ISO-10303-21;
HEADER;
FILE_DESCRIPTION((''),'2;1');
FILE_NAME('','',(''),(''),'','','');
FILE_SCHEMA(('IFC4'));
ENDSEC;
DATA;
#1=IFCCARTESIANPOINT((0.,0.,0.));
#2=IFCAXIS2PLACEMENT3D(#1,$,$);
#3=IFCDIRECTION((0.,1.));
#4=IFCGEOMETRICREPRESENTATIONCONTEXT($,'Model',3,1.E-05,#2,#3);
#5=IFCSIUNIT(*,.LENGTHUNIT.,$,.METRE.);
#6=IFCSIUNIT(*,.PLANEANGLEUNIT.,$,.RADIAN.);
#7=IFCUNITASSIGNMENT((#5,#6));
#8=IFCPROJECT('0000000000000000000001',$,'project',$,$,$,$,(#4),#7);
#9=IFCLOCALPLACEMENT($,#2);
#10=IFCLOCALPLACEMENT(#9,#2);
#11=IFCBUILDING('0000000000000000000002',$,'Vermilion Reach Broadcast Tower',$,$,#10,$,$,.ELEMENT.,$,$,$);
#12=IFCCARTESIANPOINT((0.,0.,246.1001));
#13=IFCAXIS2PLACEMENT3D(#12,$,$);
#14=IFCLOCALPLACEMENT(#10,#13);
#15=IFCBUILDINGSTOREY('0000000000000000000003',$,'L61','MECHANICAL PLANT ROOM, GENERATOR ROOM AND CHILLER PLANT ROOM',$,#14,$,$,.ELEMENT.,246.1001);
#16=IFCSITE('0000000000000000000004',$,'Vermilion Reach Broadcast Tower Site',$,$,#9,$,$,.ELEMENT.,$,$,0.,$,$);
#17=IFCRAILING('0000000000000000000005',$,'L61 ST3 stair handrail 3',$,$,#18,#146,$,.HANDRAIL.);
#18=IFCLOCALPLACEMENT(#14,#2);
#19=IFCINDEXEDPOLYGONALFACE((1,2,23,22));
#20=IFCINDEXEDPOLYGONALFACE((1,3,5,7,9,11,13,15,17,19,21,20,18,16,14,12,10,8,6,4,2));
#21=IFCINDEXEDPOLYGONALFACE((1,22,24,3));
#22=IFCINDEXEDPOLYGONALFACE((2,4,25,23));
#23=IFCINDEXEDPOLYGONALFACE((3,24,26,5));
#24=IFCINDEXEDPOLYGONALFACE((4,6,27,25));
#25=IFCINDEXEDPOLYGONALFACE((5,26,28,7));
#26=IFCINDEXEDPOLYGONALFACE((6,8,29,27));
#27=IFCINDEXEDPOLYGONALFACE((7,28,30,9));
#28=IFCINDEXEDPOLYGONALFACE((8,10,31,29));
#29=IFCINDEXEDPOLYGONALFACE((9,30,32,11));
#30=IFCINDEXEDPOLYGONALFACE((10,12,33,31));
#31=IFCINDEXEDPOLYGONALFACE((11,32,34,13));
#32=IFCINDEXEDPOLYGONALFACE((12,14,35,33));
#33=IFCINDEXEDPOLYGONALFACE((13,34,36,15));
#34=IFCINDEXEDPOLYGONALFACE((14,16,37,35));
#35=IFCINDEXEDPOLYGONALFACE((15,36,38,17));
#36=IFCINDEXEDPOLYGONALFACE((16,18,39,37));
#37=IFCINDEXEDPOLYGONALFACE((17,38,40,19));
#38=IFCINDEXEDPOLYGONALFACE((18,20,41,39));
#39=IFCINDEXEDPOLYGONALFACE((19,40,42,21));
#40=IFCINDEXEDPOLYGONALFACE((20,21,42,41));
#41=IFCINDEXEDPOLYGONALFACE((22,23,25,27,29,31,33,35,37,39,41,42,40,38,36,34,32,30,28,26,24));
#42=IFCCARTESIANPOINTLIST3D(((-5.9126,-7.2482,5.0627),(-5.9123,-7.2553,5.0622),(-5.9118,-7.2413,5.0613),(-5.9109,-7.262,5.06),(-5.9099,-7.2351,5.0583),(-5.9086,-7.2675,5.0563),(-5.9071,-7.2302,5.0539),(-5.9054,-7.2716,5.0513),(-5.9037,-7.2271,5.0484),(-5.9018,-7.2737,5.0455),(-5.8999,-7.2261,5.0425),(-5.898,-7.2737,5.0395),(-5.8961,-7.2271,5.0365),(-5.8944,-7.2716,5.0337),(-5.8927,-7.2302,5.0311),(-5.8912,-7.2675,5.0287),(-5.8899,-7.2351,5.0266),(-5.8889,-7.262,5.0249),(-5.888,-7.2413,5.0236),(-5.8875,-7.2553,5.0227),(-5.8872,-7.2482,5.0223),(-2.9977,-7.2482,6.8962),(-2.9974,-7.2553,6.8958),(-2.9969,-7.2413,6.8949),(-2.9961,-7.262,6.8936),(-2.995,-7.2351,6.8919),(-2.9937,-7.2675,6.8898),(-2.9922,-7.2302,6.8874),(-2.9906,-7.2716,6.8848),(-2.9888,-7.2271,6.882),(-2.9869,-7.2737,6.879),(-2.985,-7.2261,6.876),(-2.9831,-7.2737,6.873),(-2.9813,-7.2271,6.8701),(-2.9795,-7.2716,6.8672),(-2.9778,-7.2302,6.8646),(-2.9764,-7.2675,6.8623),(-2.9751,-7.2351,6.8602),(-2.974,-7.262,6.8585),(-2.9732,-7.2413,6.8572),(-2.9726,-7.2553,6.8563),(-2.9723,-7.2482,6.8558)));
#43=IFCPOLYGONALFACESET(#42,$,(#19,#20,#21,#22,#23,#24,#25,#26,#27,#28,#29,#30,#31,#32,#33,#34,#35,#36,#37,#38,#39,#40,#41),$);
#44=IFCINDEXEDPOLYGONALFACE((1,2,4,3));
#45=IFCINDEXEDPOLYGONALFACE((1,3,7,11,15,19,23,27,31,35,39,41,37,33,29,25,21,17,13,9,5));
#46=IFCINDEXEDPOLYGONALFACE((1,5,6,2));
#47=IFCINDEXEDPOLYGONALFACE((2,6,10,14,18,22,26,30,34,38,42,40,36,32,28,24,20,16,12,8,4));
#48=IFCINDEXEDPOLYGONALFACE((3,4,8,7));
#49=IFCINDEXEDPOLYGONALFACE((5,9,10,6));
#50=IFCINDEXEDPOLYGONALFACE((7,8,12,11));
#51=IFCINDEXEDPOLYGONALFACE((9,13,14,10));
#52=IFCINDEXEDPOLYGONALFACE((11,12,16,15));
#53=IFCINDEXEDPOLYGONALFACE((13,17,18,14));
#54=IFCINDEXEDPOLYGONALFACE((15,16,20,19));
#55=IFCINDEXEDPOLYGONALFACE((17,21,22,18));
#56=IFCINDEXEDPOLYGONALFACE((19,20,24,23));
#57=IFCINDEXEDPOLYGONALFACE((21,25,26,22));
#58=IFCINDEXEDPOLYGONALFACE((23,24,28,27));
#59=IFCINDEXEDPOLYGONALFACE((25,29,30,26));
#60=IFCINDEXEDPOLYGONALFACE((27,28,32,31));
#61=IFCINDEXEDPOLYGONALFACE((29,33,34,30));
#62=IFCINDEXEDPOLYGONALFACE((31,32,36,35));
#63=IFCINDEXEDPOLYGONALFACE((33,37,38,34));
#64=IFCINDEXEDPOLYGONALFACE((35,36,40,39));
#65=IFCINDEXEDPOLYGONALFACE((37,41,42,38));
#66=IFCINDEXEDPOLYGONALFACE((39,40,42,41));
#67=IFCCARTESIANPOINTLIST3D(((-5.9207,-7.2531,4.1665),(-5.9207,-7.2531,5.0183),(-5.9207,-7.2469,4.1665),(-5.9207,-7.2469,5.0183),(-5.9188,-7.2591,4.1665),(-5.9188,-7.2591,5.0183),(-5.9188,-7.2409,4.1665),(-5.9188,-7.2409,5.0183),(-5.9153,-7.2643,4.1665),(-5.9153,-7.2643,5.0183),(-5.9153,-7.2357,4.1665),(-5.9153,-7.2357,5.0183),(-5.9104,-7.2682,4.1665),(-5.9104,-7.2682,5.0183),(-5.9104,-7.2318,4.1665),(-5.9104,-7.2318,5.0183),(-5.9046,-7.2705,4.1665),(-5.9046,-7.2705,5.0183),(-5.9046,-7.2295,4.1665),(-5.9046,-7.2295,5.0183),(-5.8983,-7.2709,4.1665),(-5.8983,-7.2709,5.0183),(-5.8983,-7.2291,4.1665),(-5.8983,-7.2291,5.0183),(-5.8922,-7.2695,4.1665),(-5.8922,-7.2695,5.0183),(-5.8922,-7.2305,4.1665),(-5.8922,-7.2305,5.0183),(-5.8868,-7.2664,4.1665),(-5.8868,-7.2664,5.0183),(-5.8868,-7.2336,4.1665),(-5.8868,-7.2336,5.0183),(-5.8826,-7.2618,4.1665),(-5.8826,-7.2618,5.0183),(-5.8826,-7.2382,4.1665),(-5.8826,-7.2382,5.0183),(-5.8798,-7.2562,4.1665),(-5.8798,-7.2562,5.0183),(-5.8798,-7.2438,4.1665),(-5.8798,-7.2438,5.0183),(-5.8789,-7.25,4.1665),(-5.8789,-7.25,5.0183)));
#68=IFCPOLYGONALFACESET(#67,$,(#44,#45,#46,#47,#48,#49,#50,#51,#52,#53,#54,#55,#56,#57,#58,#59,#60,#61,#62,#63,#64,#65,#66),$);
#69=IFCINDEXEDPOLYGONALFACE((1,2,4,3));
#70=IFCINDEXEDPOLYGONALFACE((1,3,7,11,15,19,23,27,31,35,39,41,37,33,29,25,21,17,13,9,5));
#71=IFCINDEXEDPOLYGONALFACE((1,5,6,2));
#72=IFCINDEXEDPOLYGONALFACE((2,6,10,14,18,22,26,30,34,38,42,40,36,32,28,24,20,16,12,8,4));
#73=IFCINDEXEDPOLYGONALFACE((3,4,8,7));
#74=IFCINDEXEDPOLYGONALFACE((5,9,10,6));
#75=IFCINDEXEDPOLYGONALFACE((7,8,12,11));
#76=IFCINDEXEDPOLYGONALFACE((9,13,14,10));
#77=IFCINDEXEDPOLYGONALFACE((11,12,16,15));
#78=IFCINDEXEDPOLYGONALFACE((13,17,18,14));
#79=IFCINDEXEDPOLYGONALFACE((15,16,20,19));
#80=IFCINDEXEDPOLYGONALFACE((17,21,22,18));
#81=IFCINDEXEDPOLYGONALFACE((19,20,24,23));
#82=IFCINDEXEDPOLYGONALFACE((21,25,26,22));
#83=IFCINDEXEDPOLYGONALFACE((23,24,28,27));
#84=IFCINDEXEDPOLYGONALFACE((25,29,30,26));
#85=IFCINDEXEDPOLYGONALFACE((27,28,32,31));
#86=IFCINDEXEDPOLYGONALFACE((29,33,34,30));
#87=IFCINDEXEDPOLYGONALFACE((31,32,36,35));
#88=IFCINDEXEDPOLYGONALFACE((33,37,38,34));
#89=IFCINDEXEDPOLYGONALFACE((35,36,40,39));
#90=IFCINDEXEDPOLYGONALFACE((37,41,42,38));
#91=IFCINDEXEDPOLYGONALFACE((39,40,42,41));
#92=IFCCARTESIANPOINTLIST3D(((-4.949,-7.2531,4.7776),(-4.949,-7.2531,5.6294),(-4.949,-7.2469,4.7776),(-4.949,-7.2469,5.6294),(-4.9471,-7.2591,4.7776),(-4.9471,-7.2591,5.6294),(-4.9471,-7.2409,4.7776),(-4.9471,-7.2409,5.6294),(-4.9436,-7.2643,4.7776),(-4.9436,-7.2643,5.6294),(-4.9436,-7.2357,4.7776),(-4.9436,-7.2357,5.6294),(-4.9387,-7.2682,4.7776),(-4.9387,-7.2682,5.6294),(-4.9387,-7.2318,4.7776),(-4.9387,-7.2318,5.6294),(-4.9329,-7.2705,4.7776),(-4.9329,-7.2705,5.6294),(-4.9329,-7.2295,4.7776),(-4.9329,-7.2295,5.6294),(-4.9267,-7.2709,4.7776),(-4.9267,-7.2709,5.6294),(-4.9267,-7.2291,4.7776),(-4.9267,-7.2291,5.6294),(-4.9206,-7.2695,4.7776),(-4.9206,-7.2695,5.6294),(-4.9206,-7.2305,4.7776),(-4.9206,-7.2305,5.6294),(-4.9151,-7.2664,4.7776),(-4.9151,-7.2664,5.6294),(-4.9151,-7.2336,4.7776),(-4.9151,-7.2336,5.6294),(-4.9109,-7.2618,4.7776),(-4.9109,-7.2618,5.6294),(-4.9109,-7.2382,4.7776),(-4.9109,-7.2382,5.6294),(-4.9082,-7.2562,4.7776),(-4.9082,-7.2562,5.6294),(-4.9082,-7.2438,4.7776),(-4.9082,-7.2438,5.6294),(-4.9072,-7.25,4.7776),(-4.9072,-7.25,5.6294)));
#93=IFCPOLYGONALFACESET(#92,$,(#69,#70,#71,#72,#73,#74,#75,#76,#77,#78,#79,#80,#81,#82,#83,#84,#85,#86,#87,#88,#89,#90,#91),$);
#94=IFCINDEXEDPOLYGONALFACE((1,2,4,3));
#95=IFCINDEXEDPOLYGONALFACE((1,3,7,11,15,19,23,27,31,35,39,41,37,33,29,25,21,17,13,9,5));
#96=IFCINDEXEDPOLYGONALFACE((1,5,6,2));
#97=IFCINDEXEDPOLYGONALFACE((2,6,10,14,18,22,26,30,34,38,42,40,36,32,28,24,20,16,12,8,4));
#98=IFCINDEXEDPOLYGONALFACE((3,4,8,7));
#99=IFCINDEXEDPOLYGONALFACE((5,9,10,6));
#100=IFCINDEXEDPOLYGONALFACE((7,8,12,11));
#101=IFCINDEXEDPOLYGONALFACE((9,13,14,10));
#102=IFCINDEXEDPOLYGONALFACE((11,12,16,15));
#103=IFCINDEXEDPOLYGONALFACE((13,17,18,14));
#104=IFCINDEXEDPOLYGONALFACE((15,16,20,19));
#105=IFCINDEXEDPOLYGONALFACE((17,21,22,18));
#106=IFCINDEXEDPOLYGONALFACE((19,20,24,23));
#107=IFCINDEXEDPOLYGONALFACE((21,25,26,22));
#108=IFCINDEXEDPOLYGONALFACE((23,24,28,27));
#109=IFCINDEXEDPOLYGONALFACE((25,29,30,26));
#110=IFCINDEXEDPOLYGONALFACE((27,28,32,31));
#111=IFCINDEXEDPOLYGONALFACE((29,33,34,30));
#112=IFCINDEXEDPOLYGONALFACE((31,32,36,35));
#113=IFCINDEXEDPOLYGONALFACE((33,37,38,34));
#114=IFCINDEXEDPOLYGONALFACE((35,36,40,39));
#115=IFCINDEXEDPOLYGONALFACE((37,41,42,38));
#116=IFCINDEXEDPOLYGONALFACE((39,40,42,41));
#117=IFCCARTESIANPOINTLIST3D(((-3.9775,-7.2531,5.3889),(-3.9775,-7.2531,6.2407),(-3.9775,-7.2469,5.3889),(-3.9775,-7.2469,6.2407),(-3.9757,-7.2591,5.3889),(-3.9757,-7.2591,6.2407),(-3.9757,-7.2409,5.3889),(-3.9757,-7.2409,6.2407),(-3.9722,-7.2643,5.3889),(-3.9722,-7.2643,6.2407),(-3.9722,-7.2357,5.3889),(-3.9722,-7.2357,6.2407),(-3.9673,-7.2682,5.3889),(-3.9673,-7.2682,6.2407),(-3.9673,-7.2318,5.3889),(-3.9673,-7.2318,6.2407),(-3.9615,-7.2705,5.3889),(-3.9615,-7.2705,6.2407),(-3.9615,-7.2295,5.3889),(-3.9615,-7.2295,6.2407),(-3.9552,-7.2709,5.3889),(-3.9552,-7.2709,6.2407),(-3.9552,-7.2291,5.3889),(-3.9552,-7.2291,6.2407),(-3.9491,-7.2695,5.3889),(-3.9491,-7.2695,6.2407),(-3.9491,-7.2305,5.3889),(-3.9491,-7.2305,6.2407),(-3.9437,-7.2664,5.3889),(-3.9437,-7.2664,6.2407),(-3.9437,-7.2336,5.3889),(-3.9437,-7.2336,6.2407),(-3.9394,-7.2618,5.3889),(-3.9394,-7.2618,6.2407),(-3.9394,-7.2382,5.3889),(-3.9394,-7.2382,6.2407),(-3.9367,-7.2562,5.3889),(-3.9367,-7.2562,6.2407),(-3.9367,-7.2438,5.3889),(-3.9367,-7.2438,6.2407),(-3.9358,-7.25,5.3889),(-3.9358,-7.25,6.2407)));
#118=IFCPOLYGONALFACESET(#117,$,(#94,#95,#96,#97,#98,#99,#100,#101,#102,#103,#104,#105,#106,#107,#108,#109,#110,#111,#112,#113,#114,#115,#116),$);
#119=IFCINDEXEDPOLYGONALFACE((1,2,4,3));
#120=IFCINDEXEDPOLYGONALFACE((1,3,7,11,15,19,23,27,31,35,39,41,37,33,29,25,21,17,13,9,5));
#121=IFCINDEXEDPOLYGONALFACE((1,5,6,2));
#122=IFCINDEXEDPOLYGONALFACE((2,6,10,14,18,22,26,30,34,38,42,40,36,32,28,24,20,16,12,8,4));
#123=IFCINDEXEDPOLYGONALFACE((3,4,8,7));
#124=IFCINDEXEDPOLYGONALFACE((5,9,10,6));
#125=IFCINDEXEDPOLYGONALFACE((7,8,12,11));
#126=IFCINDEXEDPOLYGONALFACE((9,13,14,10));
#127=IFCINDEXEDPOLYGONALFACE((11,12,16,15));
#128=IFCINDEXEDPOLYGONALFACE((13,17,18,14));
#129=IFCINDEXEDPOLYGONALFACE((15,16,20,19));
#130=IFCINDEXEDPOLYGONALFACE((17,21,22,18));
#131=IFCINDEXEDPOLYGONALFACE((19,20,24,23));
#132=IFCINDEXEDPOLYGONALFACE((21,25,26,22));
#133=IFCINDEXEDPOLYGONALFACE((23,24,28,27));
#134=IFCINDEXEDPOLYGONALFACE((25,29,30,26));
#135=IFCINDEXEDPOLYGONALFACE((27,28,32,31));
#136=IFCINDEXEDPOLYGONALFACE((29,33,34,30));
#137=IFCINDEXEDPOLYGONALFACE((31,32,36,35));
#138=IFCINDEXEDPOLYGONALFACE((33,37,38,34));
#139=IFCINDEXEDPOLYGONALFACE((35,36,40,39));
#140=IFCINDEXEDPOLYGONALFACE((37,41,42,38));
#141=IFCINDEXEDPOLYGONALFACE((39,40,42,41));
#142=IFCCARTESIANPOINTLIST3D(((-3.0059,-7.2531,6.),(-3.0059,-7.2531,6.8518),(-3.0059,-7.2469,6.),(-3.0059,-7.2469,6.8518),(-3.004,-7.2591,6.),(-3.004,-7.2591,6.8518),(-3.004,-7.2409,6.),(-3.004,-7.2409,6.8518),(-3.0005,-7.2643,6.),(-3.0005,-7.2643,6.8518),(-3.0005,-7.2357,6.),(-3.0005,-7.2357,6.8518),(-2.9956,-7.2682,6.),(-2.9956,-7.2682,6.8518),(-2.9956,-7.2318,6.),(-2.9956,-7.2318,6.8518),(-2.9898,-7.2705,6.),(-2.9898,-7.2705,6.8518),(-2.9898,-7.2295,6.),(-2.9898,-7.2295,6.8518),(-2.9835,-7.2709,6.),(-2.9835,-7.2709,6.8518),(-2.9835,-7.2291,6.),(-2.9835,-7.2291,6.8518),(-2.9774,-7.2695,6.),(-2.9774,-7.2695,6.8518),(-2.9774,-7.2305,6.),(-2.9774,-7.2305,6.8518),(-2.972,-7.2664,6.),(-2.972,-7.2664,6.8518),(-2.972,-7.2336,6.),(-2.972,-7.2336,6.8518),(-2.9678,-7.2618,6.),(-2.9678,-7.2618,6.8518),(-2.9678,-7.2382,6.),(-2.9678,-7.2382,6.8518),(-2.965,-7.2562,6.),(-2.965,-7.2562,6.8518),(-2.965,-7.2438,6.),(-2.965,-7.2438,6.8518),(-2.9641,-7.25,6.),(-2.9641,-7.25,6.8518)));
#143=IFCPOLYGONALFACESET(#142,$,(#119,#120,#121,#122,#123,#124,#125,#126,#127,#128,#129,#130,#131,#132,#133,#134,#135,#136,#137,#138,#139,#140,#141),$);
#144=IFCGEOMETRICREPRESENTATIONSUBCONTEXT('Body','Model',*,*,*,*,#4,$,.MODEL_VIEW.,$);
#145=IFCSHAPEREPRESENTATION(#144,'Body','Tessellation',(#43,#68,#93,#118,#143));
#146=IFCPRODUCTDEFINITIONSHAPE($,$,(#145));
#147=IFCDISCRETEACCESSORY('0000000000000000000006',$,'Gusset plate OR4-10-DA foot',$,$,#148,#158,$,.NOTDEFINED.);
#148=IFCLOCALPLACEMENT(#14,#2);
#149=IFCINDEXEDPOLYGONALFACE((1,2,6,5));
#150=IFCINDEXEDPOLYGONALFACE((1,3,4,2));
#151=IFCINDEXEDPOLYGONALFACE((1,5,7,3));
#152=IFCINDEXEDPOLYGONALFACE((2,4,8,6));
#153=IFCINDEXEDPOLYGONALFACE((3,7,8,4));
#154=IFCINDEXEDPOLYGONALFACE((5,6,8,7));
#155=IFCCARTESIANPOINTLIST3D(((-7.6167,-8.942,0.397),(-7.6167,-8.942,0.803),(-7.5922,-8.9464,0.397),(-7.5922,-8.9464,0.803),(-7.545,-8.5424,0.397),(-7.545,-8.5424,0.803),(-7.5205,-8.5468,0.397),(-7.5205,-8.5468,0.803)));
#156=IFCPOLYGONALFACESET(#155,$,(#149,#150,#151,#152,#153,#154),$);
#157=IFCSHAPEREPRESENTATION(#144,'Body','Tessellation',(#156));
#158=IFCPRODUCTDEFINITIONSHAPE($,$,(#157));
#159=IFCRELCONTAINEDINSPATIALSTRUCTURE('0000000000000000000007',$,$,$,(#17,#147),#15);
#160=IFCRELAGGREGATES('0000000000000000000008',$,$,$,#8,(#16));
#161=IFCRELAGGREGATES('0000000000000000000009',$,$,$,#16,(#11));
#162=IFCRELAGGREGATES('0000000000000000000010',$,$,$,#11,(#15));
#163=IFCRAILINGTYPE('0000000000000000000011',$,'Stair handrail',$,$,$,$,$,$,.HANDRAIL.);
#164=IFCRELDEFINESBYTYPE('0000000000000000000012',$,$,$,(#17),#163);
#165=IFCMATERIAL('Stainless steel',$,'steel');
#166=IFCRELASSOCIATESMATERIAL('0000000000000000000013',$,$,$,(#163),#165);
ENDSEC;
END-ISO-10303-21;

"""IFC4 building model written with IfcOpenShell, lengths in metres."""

from ifc_helpers import new_model, si_unit, direction, frame, origin, origin_2d, place, context, subcontext, project, spatial, rectangle, circle, extrude, material, type_object, element, save


model = new_model("IFC4")

# Units and contexts
model_context = context("Model", 3, precision=1e-05, world=origin(), true_north=direction((0.0, 1.0)))
body_context = subcontext(model_context, "Body", "Model", "MODEL_VIEW")
ifc_project = project(units=[si_unit("LENGTHUNIT", "METRE"), si_unit("PLANEANGLEUNIT", "RADIAN")], contexts=[model_context])

# Site, building, storey
site_placement = place(None, origin())
site = spatial("IfcSite", under=ifc_project, at=site_placement, Name="Vermilion Reach Broadcast Tower Site", CompositionType="ELEMENT", RefElevation=0.0)
building_placement = place(site_placement, origin())
building = spatial("IfcBuilding", under=site, at=building_placement, Name="Vermilion Reach Broadcast Tower", CompositionType="ELEMENT")
storey_placement = place(building_placement, frame((0.0, 0.0, 246.1001)))
storey = spatial("IfcBuildingStorey", under=building, at=storey_placement, Name="L61", Description="MECHANICAL PLANT ROOM, GENERATOR ROOM AND CHILLER PLANT ROOM", CompositionType="ELEMENT", Elevation=246.1001)

# Railing
ifc_material_1 = material(Name="Stainless steel", Category="steel")
railing_type_1 = type_object("IfcRailingType", Name="Stair handrail", PredefinedType="HANDRAIL", material=ifc_material_1)
for number, where, name in (
    (1, (-5.8999, -7.25, 4.1665), "L61 ST3 stair handrail 3"),
):
    element("IfcRailing", number, at=place(storey_placement, frame(where)), inside=storey, type_object=railing_type_1, Name=name, PredefinedType="HANDRAIL", context=body_context, shape_type="SweptSolid", body=[
        extrude(circle(Radius=0.0239, at=origin_2d()), frame((0.0, 0.0, 0.876), z_axis=(0.846461, 0.0, 0.53245), x_axis=(0.0, 1.0, 0.0)), (0.0, 0.0, 1.0), 3.4436),
        extrude(circle(Radius=0.021, at=origin_2d()), origin(), (0.0, 0.0, 1.0), 0.8518),
        extrude(circle(Radius=0.021, at=origin_2d()), frame((0.9717, 0.0, 0.6111)), (0.0, 0.0, 1.0), 0.8518),
        extrude(circle(Radius=0.021, at=origin_2d()), frame((1.9431, 0.0, 1.2224)), (0.0, 0.0, 1.0), 0.8518),
        extrude(circle(Radius=0.021, at=origin_2d()), frame((2.9148, 0.0, 1.8335)), (0.0, 0.0, 1.0), 0.8518),
    ])

# Discrete accessory
discrete_accessory_placement = place(storey_placement, frame((-7.5686, -8.7444, 0.397), z_axis=(0.0, 0.0, 1.0), x_axis=(0.984288, -0.176569, 0.0)))
element("IfcDiscreteAccessory", 2, at=discrete_accessory_placement, inside=storey, Name="Gusset plate OR4-10-DA foot", PredefinedType="NOTDEFINED", context=body_context, shape_type="SweptSolid", body=[
    extrude(rectangle(XDim=0.0249, YDim=0.406, at=origin_2d()), origin(), (0.0, 0.0, 1.0), 0.406),
])

save(model, "model.ifc")
